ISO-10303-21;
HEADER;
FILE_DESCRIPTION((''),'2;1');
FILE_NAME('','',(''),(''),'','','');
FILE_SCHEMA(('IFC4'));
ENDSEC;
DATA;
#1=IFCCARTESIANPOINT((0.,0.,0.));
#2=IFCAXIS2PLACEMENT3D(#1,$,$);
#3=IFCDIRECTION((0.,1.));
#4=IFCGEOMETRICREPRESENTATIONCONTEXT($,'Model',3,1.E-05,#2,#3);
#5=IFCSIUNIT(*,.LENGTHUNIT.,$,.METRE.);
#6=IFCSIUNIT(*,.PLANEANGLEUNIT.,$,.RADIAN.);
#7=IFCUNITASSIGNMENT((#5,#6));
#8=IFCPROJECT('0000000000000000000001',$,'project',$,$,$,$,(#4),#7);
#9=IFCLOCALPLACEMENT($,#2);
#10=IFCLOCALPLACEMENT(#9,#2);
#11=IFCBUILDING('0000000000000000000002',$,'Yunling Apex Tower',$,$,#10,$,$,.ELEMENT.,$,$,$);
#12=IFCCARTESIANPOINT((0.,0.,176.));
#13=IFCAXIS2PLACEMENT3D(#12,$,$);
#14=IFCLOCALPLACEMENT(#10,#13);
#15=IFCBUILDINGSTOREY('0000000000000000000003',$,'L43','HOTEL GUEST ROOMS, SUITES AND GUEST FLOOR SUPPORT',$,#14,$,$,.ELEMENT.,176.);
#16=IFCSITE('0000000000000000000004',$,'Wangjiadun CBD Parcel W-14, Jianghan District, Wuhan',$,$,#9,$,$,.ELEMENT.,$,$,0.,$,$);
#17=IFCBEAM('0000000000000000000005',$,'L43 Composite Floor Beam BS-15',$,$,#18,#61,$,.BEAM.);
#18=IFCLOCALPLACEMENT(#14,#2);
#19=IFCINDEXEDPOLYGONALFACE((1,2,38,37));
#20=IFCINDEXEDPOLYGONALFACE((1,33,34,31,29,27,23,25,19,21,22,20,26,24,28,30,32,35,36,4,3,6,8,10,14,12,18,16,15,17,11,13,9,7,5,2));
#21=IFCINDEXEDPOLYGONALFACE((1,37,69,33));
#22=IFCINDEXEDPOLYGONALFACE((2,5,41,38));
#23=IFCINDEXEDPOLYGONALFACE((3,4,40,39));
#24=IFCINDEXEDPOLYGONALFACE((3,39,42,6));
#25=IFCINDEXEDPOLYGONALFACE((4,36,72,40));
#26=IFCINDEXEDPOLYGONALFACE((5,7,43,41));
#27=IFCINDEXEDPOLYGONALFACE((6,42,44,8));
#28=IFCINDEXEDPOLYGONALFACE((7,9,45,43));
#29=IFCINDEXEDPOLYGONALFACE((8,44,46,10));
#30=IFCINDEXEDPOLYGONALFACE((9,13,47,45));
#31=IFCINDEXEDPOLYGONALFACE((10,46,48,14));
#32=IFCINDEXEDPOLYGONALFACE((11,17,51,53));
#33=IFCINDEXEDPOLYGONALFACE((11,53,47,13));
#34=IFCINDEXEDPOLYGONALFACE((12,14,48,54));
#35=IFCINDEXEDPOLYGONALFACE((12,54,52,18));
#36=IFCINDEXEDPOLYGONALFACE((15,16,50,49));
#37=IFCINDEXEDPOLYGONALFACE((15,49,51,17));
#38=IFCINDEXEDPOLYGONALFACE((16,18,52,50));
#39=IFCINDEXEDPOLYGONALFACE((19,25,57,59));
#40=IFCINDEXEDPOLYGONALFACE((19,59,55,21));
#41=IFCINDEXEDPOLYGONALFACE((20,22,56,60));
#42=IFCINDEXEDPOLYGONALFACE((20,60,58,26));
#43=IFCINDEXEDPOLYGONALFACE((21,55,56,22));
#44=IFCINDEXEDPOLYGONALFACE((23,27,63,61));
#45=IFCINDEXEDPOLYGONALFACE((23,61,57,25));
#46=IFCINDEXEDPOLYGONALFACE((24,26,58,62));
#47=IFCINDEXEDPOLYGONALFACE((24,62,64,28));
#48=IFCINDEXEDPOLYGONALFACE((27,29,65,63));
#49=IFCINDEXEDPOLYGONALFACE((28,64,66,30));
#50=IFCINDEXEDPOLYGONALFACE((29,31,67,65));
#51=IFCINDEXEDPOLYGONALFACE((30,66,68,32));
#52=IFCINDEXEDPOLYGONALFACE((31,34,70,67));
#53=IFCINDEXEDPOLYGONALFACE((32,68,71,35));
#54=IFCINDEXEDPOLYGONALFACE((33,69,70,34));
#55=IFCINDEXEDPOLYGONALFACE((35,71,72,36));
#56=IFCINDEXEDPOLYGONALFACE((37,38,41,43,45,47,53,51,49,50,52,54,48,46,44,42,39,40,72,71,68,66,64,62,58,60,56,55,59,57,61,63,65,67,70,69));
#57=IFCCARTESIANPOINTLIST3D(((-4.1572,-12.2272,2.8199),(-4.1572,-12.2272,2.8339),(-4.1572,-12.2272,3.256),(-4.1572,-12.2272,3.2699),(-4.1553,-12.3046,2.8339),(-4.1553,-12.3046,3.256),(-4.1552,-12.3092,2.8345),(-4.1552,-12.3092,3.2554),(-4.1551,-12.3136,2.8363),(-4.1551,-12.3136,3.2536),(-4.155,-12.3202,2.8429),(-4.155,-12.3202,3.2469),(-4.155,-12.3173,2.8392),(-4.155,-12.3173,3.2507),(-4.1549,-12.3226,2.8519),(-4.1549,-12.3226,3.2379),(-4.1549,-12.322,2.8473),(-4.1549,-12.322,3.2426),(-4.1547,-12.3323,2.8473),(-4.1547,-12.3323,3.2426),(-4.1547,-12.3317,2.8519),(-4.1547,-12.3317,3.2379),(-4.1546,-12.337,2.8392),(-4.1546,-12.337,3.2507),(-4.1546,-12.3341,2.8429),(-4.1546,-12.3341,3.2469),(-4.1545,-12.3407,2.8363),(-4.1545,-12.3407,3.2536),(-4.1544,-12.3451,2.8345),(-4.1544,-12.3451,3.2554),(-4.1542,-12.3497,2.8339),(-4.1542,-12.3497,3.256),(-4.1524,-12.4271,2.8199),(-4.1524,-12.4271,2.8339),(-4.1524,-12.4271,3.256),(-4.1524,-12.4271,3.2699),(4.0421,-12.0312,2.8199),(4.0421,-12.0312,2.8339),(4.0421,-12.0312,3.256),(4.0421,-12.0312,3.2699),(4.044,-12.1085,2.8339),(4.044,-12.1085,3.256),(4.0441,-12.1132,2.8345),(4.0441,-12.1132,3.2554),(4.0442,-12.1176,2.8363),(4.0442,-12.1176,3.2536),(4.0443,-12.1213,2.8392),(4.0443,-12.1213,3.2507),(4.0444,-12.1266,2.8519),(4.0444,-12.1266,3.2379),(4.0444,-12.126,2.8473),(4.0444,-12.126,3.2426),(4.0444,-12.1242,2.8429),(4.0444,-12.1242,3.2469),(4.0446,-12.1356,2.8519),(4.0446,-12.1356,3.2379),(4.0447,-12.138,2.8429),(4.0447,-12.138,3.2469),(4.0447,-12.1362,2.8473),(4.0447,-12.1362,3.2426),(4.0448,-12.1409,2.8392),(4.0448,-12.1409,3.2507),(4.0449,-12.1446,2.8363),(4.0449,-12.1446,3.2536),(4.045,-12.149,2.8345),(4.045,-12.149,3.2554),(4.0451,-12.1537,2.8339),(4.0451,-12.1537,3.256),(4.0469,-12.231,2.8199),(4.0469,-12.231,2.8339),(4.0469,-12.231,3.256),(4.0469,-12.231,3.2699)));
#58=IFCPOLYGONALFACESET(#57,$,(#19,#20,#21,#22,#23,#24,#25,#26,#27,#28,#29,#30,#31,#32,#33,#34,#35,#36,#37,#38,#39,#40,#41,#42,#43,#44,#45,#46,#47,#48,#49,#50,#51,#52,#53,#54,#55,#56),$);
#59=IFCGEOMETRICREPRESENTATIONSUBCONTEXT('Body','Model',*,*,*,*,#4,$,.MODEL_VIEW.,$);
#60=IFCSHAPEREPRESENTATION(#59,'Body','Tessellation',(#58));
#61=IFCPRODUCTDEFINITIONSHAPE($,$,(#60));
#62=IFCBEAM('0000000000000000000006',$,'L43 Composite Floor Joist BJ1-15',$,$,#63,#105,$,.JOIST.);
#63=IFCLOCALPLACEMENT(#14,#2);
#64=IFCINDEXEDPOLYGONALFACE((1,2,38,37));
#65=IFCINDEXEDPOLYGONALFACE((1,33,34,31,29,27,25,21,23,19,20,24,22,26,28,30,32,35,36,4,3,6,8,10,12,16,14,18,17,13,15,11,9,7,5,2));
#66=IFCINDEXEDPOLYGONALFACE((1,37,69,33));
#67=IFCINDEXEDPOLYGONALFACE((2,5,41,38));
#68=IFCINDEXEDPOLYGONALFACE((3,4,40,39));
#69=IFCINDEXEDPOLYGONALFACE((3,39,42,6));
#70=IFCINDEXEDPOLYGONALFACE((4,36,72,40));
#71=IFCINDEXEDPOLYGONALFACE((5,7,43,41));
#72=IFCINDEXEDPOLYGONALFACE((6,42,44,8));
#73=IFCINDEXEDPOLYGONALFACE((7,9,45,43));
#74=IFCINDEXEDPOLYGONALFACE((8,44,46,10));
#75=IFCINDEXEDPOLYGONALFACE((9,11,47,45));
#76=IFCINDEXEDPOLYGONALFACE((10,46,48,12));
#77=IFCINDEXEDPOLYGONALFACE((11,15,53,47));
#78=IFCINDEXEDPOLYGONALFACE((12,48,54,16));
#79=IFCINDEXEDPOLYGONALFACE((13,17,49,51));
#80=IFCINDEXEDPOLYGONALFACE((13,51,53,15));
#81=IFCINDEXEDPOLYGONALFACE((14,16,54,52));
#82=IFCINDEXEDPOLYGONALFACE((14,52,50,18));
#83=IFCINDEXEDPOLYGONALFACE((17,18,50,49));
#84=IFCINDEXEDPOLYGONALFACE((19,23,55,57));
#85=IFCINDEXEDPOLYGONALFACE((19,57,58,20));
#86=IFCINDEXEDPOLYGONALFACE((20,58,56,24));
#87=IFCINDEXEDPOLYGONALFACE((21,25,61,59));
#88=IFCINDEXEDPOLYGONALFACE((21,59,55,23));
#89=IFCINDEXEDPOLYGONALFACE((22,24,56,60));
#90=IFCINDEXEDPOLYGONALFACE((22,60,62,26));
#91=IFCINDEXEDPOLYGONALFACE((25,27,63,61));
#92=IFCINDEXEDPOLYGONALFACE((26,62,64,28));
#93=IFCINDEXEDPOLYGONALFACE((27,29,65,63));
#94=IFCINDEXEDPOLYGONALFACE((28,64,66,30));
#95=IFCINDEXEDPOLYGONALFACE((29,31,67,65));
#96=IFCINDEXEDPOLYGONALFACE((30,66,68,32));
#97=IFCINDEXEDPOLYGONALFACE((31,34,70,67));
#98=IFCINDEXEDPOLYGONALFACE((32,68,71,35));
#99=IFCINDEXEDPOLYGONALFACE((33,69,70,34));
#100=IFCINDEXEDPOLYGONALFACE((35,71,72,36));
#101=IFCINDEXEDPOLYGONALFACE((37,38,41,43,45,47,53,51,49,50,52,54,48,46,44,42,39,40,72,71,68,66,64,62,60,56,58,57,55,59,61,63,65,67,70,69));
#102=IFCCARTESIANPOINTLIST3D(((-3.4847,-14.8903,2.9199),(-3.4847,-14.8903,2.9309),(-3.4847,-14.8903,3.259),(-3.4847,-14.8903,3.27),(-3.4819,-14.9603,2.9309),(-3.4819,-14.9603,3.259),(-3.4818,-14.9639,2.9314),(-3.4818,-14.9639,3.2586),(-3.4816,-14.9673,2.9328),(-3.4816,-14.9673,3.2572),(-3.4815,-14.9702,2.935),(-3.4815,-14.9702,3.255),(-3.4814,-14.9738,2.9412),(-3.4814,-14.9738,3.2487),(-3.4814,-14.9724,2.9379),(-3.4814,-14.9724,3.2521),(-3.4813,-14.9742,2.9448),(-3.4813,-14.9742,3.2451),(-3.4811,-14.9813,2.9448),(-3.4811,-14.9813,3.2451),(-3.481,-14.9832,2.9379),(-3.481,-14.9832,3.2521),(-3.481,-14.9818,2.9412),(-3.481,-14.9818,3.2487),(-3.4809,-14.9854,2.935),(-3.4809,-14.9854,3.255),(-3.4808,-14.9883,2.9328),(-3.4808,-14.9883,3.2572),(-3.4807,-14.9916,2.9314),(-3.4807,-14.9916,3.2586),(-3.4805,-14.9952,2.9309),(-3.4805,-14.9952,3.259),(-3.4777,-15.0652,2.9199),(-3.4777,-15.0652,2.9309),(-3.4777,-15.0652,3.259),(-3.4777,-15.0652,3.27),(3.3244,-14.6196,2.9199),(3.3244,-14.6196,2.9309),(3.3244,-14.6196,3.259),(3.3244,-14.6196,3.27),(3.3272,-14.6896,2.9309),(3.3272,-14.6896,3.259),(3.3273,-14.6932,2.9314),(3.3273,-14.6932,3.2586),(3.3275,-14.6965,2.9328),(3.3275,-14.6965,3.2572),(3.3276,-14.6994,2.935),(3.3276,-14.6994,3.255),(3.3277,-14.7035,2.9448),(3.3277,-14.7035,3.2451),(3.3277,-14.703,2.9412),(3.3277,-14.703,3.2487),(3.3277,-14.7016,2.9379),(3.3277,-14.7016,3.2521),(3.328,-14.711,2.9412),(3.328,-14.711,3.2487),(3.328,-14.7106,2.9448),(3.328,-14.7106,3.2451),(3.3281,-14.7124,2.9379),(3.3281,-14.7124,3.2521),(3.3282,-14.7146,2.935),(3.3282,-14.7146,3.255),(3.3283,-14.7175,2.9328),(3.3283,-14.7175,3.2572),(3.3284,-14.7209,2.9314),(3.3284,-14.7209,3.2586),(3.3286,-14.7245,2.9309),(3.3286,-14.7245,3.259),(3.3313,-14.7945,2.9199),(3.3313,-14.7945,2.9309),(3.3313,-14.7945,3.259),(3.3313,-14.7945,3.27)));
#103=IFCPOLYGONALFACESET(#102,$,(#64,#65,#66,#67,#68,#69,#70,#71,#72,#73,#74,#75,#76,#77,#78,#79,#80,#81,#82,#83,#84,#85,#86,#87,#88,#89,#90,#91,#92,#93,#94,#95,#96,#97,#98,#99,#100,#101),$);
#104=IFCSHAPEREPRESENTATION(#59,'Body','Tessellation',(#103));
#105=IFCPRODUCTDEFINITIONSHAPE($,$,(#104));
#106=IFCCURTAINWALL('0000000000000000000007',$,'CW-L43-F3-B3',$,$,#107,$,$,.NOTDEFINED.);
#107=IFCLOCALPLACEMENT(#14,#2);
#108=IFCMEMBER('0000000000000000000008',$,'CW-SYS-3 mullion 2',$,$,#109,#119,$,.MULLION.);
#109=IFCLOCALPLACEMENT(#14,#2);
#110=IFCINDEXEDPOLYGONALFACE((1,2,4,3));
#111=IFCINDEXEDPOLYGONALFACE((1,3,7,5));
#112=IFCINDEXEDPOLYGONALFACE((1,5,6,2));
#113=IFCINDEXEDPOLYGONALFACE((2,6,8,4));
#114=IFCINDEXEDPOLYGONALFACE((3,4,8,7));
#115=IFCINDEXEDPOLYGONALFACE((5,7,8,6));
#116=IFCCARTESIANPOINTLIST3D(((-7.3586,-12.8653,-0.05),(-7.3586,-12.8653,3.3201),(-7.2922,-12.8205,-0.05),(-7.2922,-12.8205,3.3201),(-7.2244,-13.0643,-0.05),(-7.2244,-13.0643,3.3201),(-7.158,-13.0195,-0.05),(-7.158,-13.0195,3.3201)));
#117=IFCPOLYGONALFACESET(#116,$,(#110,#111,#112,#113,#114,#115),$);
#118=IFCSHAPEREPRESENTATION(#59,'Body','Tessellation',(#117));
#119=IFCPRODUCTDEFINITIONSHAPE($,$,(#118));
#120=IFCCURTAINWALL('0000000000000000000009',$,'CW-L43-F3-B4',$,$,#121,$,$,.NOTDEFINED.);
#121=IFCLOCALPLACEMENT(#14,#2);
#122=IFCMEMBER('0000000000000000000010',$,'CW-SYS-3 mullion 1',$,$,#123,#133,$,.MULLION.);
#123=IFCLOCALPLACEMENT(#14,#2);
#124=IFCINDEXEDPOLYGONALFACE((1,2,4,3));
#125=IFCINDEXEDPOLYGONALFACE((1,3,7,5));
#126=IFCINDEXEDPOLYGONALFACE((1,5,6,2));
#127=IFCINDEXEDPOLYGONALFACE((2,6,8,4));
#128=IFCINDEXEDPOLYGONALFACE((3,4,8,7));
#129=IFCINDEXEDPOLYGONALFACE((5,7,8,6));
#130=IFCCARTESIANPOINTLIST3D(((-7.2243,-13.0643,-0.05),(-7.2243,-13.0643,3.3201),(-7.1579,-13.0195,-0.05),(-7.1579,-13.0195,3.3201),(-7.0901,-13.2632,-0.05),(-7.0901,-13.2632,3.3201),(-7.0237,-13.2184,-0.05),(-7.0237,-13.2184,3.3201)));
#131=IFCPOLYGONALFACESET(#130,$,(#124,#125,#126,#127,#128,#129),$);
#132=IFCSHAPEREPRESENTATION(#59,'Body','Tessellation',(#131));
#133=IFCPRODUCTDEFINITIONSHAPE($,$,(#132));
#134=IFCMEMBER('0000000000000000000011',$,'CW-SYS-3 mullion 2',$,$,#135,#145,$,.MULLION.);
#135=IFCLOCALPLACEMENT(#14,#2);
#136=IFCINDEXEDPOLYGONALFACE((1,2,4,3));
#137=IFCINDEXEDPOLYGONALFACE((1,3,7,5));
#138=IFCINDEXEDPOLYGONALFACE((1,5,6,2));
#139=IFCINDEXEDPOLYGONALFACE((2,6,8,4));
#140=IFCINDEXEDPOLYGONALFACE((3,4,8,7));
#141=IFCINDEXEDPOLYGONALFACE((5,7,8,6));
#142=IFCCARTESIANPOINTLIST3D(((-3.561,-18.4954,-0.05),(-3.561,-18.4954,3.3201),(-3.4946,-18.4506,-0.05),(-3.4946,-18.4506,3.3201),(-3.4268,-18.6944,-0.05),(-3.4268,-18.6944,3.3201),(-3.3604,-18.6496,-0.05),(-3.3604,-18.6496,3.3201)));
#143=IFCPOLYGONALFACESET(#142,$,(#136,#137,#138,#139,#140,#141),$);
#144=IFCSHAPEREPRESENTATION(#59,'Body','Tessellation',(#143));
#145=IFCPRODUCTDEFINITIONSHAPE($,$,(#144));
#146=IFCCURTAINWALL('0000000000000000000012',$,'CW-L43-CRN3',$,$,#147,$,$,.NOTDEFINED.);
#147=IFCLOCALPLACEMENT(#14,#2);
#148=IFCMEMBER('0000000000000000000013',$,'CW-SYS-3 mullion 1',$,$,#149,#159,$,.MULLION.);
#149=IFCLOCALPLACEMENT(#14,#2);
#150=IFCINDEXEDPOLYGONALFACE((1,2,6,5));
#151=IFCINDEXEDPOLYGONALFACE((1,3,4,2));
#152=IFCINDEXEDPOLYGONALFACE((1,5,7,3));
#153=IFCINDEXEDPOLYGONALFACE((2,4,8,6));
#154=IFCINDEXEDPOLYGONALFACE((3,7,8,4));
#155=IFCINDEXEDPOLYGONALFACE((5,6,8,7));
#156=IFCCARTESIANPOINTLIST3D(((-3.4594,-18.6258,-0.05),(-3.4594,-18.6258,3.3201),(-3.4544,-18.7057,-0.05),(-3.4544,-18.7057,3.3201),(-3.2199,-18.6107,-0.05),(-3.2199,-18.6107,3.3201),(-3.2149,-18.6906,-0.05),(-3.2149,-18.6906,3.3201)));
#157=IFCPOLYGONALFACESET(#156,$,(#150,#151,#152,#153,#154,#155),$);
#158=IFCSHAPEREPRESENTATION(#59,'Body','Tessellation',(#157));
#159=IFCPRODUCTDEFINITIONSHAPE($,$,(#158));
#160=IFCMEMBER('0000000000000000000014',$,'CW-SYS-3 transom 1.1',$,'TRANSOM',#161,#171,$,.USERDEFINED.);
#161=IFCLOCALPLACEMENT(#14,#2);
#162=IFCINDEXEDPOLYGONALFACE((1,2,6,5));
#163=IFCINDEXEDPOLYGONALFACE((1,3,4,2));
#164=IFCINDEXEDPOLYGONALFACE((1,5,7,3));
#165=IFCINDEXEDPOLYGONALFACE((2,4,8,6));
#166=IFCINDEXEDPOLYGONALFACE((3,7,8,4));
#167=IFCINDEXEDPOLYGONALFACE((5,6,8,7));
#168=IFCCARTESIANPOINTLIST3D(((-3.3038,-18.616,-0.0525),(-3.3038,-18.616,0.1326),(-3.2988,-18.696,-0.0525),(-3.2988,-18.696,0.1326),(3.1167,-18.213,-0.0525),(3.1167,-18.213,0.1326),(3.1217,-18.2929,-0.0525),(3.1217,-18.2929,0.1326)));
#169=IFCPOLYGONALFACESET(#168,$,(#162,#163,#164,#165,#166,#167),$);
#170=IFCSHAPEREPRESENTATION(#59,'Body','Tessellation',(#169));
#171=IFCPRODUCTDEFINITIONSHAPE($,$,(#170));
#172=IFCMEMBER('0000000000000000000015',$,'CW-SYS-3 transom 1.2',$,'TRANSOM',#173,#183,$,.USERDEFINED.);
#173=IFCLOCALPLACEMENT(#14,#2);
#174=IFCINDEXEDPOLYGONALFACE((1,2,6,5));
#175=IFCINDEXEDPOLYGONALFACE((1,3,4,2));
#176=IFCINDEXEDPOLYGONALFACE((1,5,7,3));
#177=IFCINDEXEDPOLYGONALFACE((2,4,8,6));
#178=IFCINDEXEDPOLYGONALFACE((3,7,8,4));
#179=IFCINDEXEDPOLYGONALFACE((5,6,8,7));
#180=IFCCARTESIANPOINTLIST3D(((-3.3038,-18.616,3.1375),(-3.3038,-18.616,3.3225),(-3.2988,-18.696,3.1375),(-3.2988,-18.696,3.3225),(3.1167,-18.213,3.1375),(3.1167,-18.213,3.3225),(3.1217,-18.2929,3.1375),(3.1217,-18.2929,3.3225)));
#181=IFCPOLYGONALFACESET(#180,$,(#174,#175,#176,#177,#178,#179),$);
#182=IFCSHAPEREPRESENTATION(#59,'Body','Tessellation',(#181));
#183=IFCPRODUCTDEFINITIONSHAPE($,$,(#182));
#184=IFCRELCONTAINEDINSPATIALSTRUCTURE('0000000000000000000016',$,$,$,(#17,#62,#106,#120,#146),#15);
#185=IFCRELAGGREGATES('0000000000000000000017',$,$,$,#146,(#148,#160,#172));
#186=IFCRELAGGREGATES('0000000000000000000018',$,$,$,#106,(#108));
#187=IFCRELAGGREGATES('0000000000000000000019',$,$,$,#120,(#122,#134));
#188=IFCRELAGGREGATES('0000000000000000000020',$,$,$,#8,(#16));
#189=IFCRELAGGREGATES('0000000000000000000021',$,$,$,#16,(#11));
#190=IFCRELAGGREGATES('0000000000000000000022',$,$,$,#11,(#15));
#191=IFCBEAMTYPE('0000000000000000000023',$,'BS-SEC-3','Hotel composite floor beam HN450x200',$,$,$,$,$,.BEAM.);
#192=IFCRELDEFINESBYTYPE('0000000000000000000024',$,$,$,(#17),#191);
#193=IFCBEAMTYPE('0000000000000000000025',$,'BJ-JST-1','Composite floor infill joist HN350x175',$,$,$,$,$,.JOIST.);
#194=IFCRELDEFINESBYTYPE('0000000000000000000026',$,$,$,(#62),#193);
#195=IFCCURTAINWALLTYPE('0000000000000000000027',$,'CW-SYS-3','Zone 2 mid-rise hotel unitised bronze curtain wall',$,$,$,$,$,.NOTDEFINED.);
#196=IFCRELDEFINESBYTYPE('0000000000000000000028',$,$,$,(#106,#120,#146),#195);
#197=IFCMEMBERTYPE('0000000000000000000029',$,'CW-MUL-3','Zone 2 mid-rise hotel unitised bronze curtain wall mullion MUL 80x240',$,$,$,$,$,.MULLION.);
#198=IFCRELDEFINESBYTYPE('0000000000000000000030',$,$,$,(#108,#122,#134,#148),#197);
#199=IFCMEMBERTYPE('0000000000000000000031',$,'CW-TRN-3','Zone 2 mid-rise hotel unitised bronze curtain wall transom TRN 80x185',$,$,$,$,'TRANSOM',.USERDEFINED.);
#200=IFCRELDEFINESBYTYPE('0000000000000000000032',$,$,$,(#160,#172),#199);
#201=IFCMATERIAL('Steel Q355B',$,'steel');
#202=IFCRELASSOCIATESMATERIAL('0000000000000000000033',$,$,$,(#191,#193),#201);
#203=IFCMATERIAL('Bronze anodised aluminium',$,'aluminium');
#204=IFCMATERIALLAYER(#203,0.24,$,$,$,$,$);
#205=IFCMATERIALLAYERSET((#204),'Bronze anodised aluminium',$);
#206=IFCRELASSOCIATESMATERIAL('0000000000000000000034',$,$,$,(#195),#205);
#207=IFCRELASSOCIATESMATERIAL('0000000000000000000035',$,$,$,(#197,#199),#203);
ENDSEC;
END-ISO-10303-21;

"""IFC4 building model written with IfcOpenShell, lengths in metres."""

from ifc_helpers import new_model, si_unit, direction, frame, origin, origin_2d, place, context, subcontext, project, spatial, rectangle, i_section, extrude, source, transform, mapped, material, layer, layer_set, material_profile, profile_set, type_object, element, aggregate, save


model = new_model("IFC4")

# Units and contexts
model_context = context("Model", 3, precision=1e-05, world=origin(), true_north=direction((0.0, 1.0)))
body_context = subcontext(model_context, "Body", "Model", "MODEL_VIEW")
ifc_project = project(units=[si_unit("LENGTHUNIT", "METRE"), si_unit("PLANEANGLEUNIT", "RADIAN")], contexts=[model_context])

# Site, building, storey
site_placement = place(None, origin())
site = spatial("IfcSite", under=ifc_project, at=site_placement, Name="Wangjiadun CBD Parcel W-14, Jianghan District, Wuhan", CompositionType="ELEMENT", RefElevation=0.0)
building_placement = place(site_placement, origin())
building = spatial("IfcBuilding", under=site, at=building_placement, Name="Yunling Apex Tower", CompositionType="ELEMENT")
storey_placement = place(building_placement, frame((0.0, 0.0, 176.0)))
storey = spatial("IfcBuildingStorey", under=building, at=storey_placement, Name="L43", Description="HOTEL GUEST ROOMS, SUITES AND GUEST FLOOR SUPPORT", CompositionType="ELEMENT", Elevation=176.0)

# Beams
ifc_material_1 = material(Name="Steel Q355B", Category="steel")
ifc_material_profile_1 = material_profile(ifc_material_1, i_section(OverallWidth=0.2, OverallDepth=0.45, WebThickness=0.009, FlangeThickness=0.0139, FilletRadius=0.0181, at=origin_2d()))
ifc_profile_set_1 = profile_set([ifc_material_profile_1], Name="Steel Q355B")
beam_type_1 = type_object("IfcBeamType", Name="BS-SEC-3", Description="Hotel composite floor beam HN450x200", PredefinedType="BEAM", material=ifc_profile_set_1)
shared_shape_1 = source(origin(), body_context, "Body", "SweptSolid", [
    extrude(i_section(OverallWidth=0.2, OverallDepth=0.45, WebThickness=0.009, FlangeThickness=0.0139, FilletRadius=0.0181, at=origin_2d()), origin(), (0.0, 0.0, 1.0), 8.2017),
])
beam_1_placement = place(storey_placement, frame((-4.1548, -12.3271, 3.0449), z_axis=(0.999714, 0.023903, 0.0), x_axis=(-0.023903, 0.999714, 0.0)))
element("IfcBeam", 1, at=beam_1_placement, inside=storey, type_object=beam_type_1, Name="L43 Composite Floor Beam BS-15", PredefinedType="BEAM", context=body_context, shape_type="MappedRepresentation", body=[
    mapped(shared_shape_1, transform((0.0, 0.0, 0.0), scale=1.0)),
])
ifc_material_profile_2 = material_profile(ifc_material_1, i_section(OverallWidth=0.175, OverallDepth=0.3501, WebThickness=0.0071, FlangeThickness=0.011, FilletRadius=0.0139, at=origin_2d()))
ifc_profile_set_2 = profile_set([ifc_material_profile_2], Name="Steel Q355B")
beam_type_2 = type_object("IfcBeamType", Name="BJ-JST-1", Description="Composite floor infill joist HN350x175", PredefinedType="JOIST", material=ifc_profile_set_2)
shared_shape_2 = source(origin(), body_context, "Body", "SweptSolid", [
    extrude(i_section(OverallWidth=0.175, OverallDepth=0.3501, WebThickness=0.0071, FlangeThickness=0.011, FilletRadius=0.0139, at=origin_2d()), origin(), (0.0, 0.0, 1.0), 6.8145),
])
beam_2_placement = place(storey_placement, frame((-3.4812, -14.9778, 3.095), z_axis=(0.99921, 0.039732, 0.0), x_axis=(-0.039732, 0.99921, 0.0)))
element("IfcBeam", 2, at=beam_2_placement, inside=storey, type_object=beam_type_2, Name="L43 Composite Floor Joist BJ1-15", PredefinedType="JOIST", context=body_context, shape_type="MappedRepresentation", body=[
    mapped(shared_shape_2, transform((0.0, 0.0, 0.0), scale=1.0)),
])

# Curtain wall, member
ifc_material_2 = material(Name="Bronze anodised aluminium", Category="aluminium")
ifc_layer_1 = layer(ifc_material_2, 0.24)
ifc_layer_set_1 = layer_set([ifc_layer_1], Name="Bronze anodised aluminium")
curtain_wall_type = type_object("IfcCurtainWallType", Name="CW-SYS-3", Description="Zone 2 mid-rise hotel unitised bronze curtain wall", PredefinedType="NOTDEFINED", material=ifc_layer_set_1)
curtain_wall_1_placement = place(storey_placement, origin())
curtain_wall_1 = element("IfcCurtainWall", 3, at=curtain_wall_1_placement, inside=storey, type_object=curtain_wall_type, Name="CW-L43-F3-B3", PredefinedType="NOTDEFINED")
ifc_material_profile_3 = material_profile(ifc_material_2, rectangle(XDim=0.0801, YDim=0.24, at=origin_2d()))
ifc_profile_set_3 = profile_set([ifc_material_profile_3], Name="Bronze anodised aluminium")
member_type_1 = type_object("IfcMemberType", Name="CW-MUL-3", Description="Zone 2 mid-rise hotel unitised bronze curtain wall mullion MUL 80x240", PredefinedType="MULLION", material=ifc_profile_set_3)
shared_shape_3 = source(origin(), body_context, "Body", "SweptSolid", [
    extrude(rectangle(XDim=0.0801, YDim=0.24, at=origin_2d()), origin(), (0.0, 0.0, 1.0), 3.3701),
])
member_1_placement = place(storey_placement, frame((-7.2583, -12.9424, -0.05), z_axis=(0.0, 0.0, 1.0), x_axis=(0.829041, 0.559188, 0.0)))
member_1 = element("IfcMember", 4, at=member_1_placement, type_object=member_type_1, Name="CW-SYS-3 mullion 2", PredefinedType="MULLION", context=body_context, shape_type="MappedRepresentation", body=[
    mapped(shared_shape_3, transform((0.0, 0.0, 0.0), scale=1.0)),
])

# Curtain walls, members
curtain_wall_2_placement = place(storey_placement, origin())
curtain_wall_2 = element("IfcCurtainWall", 5, at=curtain_wall_2_placement, inside=storey, type_object=curtain_wall_type, Name="CW-L43-F3-B4", PredefinedType="NOTDEFINED")
member_2_placement = place(storey_placement, frame((-7.124, -13.1414, -0.05), z_axis=(0.0, 0.0, 1.0), x_axis=(0.829045, 0.559181, 0.0)))
member_2 = element("IfcMember", 6, at=member_2_placement, type_object=member_type_1, Name="CW-SYS-3 mullion 1", PredefinedType="MULLION", context=body_context, shape_type="MappedRepresentation", body=[
    mapped(shared_shape_3, transform((0.0, 0.0, 0.0), scale=1.0)),
])
member_3_placement = place(storey_placement, frame((-3.4607, -18.5725, -0.05), z_axis=(0.0, 0.0, 1.0), x_axis=(0.829045, 0.559181, 0.0)))
member_3 = element("IfcMember", 7, at=member_3_placement, type_object=member_type_1, Name="CW-SYS-3 mullion 2", PredefinedType="MULLION", context=body_context, shape_type="MappedRepresentation", body=[
    mapped(shared_shape_3, transform((0.0, 0.0, 0.0), scale=1.0)),
])
curtain_wall_3_placement = place(storey_placement, origin())
curtain_wall_3 = element("IfcCurtainWall", 8, at=curtain_wall_3_placement, inside=storey, type_object=curtain_wall_type, Name="CW-L43-CRN3", PredefinedType="NOTDEFINED")
member_4_placement = place(storey_placement, frame((-3.3372, -18.6582, -0.05), z_axis=(0.0, 0.0, 1.0), x_axis=(-0.062672, 0.998034, 0.0)))
member_4 = element("IfcMember", 9, at=member_4_placement, type_object=member_type_1, Name="CW-SYS-3 mullion 1", PredefinedType="MULLION", context=body_context, shape_type="MappedRepresentation", body=[
    mapped(shared_shape_3, transform((0.0, 0.0, 0.0), scale=1.0)),
])
ifc_material_profile_4 = material_profile(ifc_material_2, rectangle(XDim=0.0801, YDim=0.1851, at=origin_2d()))
ifc_profile_set_4 = profile_set([ifc_material_profile_4], Name="Bronze anodised aluminium")
member_type_2 = type_object("IfcMemberType", Name="CW-TRN-3", Description="Zone 2 mid-rise hotel unitised bronze curtain wall transom TRN 80x185", ElementType="TRANSOM", PredefinedType="USERDEFINED", material=ifc_profile_set_4)
shared_shape_4 = source(origin(), body_context, "Body", "SweptSolid", [
    extrude(rectangle(XDim=0.0801, YDim=0.1851, at=origin_2d()), origin(), (0.0, 0.0, 1.0), 6.4331),
])
member_5_placement = place(storey_placement, frame((-3.3013, -18.656, 0.04), z_axis=(0.998035, 0.062657, 0.0), x_axis=(-0.062657, 0.998035, 0.0)))
member_5 = element("IfcMember", 10, at=member_5_placement, type_object=member_type_2, Name="CW-SYS-3 transom 1.1", ObjectType="TRANSOM", PredefinedType="USERDEFINED", context=body_context, shape_type="MappedRepresentation", body=[
    mapped(shared_shape_4, transform((0.0, 0.0, 0.0), scale=1.0)),
])
member_6_placement = place(storey_placement, frame((-3.3013, -18.656, 3.23), z_axis=(0.998035, 0.062657, 0.0), x_axis=(-0.062657, 0.998035, 0.0)))
member_6 = element("IfcMember", 11, at=member_6_placement, type_object=member_type_2, Name="CW-SYS-3 transom 1.2", ObjectType="TRANSOM", PredefinedType="USERDEFINED", context=body_context, shape_type="MappedRepresentation", body=[
    mapped(shared_shape_4, transform((0.0, 0.0, 0.0), scale=1.0)),
])
aggregate(curtain_wall_3, [member_4, member_5, member_6])

aggregate(curtain_wall_1, [member_1])
aggregate(curtain_wall_2, [member_2, member_3])

save(model, "model.ifc")
